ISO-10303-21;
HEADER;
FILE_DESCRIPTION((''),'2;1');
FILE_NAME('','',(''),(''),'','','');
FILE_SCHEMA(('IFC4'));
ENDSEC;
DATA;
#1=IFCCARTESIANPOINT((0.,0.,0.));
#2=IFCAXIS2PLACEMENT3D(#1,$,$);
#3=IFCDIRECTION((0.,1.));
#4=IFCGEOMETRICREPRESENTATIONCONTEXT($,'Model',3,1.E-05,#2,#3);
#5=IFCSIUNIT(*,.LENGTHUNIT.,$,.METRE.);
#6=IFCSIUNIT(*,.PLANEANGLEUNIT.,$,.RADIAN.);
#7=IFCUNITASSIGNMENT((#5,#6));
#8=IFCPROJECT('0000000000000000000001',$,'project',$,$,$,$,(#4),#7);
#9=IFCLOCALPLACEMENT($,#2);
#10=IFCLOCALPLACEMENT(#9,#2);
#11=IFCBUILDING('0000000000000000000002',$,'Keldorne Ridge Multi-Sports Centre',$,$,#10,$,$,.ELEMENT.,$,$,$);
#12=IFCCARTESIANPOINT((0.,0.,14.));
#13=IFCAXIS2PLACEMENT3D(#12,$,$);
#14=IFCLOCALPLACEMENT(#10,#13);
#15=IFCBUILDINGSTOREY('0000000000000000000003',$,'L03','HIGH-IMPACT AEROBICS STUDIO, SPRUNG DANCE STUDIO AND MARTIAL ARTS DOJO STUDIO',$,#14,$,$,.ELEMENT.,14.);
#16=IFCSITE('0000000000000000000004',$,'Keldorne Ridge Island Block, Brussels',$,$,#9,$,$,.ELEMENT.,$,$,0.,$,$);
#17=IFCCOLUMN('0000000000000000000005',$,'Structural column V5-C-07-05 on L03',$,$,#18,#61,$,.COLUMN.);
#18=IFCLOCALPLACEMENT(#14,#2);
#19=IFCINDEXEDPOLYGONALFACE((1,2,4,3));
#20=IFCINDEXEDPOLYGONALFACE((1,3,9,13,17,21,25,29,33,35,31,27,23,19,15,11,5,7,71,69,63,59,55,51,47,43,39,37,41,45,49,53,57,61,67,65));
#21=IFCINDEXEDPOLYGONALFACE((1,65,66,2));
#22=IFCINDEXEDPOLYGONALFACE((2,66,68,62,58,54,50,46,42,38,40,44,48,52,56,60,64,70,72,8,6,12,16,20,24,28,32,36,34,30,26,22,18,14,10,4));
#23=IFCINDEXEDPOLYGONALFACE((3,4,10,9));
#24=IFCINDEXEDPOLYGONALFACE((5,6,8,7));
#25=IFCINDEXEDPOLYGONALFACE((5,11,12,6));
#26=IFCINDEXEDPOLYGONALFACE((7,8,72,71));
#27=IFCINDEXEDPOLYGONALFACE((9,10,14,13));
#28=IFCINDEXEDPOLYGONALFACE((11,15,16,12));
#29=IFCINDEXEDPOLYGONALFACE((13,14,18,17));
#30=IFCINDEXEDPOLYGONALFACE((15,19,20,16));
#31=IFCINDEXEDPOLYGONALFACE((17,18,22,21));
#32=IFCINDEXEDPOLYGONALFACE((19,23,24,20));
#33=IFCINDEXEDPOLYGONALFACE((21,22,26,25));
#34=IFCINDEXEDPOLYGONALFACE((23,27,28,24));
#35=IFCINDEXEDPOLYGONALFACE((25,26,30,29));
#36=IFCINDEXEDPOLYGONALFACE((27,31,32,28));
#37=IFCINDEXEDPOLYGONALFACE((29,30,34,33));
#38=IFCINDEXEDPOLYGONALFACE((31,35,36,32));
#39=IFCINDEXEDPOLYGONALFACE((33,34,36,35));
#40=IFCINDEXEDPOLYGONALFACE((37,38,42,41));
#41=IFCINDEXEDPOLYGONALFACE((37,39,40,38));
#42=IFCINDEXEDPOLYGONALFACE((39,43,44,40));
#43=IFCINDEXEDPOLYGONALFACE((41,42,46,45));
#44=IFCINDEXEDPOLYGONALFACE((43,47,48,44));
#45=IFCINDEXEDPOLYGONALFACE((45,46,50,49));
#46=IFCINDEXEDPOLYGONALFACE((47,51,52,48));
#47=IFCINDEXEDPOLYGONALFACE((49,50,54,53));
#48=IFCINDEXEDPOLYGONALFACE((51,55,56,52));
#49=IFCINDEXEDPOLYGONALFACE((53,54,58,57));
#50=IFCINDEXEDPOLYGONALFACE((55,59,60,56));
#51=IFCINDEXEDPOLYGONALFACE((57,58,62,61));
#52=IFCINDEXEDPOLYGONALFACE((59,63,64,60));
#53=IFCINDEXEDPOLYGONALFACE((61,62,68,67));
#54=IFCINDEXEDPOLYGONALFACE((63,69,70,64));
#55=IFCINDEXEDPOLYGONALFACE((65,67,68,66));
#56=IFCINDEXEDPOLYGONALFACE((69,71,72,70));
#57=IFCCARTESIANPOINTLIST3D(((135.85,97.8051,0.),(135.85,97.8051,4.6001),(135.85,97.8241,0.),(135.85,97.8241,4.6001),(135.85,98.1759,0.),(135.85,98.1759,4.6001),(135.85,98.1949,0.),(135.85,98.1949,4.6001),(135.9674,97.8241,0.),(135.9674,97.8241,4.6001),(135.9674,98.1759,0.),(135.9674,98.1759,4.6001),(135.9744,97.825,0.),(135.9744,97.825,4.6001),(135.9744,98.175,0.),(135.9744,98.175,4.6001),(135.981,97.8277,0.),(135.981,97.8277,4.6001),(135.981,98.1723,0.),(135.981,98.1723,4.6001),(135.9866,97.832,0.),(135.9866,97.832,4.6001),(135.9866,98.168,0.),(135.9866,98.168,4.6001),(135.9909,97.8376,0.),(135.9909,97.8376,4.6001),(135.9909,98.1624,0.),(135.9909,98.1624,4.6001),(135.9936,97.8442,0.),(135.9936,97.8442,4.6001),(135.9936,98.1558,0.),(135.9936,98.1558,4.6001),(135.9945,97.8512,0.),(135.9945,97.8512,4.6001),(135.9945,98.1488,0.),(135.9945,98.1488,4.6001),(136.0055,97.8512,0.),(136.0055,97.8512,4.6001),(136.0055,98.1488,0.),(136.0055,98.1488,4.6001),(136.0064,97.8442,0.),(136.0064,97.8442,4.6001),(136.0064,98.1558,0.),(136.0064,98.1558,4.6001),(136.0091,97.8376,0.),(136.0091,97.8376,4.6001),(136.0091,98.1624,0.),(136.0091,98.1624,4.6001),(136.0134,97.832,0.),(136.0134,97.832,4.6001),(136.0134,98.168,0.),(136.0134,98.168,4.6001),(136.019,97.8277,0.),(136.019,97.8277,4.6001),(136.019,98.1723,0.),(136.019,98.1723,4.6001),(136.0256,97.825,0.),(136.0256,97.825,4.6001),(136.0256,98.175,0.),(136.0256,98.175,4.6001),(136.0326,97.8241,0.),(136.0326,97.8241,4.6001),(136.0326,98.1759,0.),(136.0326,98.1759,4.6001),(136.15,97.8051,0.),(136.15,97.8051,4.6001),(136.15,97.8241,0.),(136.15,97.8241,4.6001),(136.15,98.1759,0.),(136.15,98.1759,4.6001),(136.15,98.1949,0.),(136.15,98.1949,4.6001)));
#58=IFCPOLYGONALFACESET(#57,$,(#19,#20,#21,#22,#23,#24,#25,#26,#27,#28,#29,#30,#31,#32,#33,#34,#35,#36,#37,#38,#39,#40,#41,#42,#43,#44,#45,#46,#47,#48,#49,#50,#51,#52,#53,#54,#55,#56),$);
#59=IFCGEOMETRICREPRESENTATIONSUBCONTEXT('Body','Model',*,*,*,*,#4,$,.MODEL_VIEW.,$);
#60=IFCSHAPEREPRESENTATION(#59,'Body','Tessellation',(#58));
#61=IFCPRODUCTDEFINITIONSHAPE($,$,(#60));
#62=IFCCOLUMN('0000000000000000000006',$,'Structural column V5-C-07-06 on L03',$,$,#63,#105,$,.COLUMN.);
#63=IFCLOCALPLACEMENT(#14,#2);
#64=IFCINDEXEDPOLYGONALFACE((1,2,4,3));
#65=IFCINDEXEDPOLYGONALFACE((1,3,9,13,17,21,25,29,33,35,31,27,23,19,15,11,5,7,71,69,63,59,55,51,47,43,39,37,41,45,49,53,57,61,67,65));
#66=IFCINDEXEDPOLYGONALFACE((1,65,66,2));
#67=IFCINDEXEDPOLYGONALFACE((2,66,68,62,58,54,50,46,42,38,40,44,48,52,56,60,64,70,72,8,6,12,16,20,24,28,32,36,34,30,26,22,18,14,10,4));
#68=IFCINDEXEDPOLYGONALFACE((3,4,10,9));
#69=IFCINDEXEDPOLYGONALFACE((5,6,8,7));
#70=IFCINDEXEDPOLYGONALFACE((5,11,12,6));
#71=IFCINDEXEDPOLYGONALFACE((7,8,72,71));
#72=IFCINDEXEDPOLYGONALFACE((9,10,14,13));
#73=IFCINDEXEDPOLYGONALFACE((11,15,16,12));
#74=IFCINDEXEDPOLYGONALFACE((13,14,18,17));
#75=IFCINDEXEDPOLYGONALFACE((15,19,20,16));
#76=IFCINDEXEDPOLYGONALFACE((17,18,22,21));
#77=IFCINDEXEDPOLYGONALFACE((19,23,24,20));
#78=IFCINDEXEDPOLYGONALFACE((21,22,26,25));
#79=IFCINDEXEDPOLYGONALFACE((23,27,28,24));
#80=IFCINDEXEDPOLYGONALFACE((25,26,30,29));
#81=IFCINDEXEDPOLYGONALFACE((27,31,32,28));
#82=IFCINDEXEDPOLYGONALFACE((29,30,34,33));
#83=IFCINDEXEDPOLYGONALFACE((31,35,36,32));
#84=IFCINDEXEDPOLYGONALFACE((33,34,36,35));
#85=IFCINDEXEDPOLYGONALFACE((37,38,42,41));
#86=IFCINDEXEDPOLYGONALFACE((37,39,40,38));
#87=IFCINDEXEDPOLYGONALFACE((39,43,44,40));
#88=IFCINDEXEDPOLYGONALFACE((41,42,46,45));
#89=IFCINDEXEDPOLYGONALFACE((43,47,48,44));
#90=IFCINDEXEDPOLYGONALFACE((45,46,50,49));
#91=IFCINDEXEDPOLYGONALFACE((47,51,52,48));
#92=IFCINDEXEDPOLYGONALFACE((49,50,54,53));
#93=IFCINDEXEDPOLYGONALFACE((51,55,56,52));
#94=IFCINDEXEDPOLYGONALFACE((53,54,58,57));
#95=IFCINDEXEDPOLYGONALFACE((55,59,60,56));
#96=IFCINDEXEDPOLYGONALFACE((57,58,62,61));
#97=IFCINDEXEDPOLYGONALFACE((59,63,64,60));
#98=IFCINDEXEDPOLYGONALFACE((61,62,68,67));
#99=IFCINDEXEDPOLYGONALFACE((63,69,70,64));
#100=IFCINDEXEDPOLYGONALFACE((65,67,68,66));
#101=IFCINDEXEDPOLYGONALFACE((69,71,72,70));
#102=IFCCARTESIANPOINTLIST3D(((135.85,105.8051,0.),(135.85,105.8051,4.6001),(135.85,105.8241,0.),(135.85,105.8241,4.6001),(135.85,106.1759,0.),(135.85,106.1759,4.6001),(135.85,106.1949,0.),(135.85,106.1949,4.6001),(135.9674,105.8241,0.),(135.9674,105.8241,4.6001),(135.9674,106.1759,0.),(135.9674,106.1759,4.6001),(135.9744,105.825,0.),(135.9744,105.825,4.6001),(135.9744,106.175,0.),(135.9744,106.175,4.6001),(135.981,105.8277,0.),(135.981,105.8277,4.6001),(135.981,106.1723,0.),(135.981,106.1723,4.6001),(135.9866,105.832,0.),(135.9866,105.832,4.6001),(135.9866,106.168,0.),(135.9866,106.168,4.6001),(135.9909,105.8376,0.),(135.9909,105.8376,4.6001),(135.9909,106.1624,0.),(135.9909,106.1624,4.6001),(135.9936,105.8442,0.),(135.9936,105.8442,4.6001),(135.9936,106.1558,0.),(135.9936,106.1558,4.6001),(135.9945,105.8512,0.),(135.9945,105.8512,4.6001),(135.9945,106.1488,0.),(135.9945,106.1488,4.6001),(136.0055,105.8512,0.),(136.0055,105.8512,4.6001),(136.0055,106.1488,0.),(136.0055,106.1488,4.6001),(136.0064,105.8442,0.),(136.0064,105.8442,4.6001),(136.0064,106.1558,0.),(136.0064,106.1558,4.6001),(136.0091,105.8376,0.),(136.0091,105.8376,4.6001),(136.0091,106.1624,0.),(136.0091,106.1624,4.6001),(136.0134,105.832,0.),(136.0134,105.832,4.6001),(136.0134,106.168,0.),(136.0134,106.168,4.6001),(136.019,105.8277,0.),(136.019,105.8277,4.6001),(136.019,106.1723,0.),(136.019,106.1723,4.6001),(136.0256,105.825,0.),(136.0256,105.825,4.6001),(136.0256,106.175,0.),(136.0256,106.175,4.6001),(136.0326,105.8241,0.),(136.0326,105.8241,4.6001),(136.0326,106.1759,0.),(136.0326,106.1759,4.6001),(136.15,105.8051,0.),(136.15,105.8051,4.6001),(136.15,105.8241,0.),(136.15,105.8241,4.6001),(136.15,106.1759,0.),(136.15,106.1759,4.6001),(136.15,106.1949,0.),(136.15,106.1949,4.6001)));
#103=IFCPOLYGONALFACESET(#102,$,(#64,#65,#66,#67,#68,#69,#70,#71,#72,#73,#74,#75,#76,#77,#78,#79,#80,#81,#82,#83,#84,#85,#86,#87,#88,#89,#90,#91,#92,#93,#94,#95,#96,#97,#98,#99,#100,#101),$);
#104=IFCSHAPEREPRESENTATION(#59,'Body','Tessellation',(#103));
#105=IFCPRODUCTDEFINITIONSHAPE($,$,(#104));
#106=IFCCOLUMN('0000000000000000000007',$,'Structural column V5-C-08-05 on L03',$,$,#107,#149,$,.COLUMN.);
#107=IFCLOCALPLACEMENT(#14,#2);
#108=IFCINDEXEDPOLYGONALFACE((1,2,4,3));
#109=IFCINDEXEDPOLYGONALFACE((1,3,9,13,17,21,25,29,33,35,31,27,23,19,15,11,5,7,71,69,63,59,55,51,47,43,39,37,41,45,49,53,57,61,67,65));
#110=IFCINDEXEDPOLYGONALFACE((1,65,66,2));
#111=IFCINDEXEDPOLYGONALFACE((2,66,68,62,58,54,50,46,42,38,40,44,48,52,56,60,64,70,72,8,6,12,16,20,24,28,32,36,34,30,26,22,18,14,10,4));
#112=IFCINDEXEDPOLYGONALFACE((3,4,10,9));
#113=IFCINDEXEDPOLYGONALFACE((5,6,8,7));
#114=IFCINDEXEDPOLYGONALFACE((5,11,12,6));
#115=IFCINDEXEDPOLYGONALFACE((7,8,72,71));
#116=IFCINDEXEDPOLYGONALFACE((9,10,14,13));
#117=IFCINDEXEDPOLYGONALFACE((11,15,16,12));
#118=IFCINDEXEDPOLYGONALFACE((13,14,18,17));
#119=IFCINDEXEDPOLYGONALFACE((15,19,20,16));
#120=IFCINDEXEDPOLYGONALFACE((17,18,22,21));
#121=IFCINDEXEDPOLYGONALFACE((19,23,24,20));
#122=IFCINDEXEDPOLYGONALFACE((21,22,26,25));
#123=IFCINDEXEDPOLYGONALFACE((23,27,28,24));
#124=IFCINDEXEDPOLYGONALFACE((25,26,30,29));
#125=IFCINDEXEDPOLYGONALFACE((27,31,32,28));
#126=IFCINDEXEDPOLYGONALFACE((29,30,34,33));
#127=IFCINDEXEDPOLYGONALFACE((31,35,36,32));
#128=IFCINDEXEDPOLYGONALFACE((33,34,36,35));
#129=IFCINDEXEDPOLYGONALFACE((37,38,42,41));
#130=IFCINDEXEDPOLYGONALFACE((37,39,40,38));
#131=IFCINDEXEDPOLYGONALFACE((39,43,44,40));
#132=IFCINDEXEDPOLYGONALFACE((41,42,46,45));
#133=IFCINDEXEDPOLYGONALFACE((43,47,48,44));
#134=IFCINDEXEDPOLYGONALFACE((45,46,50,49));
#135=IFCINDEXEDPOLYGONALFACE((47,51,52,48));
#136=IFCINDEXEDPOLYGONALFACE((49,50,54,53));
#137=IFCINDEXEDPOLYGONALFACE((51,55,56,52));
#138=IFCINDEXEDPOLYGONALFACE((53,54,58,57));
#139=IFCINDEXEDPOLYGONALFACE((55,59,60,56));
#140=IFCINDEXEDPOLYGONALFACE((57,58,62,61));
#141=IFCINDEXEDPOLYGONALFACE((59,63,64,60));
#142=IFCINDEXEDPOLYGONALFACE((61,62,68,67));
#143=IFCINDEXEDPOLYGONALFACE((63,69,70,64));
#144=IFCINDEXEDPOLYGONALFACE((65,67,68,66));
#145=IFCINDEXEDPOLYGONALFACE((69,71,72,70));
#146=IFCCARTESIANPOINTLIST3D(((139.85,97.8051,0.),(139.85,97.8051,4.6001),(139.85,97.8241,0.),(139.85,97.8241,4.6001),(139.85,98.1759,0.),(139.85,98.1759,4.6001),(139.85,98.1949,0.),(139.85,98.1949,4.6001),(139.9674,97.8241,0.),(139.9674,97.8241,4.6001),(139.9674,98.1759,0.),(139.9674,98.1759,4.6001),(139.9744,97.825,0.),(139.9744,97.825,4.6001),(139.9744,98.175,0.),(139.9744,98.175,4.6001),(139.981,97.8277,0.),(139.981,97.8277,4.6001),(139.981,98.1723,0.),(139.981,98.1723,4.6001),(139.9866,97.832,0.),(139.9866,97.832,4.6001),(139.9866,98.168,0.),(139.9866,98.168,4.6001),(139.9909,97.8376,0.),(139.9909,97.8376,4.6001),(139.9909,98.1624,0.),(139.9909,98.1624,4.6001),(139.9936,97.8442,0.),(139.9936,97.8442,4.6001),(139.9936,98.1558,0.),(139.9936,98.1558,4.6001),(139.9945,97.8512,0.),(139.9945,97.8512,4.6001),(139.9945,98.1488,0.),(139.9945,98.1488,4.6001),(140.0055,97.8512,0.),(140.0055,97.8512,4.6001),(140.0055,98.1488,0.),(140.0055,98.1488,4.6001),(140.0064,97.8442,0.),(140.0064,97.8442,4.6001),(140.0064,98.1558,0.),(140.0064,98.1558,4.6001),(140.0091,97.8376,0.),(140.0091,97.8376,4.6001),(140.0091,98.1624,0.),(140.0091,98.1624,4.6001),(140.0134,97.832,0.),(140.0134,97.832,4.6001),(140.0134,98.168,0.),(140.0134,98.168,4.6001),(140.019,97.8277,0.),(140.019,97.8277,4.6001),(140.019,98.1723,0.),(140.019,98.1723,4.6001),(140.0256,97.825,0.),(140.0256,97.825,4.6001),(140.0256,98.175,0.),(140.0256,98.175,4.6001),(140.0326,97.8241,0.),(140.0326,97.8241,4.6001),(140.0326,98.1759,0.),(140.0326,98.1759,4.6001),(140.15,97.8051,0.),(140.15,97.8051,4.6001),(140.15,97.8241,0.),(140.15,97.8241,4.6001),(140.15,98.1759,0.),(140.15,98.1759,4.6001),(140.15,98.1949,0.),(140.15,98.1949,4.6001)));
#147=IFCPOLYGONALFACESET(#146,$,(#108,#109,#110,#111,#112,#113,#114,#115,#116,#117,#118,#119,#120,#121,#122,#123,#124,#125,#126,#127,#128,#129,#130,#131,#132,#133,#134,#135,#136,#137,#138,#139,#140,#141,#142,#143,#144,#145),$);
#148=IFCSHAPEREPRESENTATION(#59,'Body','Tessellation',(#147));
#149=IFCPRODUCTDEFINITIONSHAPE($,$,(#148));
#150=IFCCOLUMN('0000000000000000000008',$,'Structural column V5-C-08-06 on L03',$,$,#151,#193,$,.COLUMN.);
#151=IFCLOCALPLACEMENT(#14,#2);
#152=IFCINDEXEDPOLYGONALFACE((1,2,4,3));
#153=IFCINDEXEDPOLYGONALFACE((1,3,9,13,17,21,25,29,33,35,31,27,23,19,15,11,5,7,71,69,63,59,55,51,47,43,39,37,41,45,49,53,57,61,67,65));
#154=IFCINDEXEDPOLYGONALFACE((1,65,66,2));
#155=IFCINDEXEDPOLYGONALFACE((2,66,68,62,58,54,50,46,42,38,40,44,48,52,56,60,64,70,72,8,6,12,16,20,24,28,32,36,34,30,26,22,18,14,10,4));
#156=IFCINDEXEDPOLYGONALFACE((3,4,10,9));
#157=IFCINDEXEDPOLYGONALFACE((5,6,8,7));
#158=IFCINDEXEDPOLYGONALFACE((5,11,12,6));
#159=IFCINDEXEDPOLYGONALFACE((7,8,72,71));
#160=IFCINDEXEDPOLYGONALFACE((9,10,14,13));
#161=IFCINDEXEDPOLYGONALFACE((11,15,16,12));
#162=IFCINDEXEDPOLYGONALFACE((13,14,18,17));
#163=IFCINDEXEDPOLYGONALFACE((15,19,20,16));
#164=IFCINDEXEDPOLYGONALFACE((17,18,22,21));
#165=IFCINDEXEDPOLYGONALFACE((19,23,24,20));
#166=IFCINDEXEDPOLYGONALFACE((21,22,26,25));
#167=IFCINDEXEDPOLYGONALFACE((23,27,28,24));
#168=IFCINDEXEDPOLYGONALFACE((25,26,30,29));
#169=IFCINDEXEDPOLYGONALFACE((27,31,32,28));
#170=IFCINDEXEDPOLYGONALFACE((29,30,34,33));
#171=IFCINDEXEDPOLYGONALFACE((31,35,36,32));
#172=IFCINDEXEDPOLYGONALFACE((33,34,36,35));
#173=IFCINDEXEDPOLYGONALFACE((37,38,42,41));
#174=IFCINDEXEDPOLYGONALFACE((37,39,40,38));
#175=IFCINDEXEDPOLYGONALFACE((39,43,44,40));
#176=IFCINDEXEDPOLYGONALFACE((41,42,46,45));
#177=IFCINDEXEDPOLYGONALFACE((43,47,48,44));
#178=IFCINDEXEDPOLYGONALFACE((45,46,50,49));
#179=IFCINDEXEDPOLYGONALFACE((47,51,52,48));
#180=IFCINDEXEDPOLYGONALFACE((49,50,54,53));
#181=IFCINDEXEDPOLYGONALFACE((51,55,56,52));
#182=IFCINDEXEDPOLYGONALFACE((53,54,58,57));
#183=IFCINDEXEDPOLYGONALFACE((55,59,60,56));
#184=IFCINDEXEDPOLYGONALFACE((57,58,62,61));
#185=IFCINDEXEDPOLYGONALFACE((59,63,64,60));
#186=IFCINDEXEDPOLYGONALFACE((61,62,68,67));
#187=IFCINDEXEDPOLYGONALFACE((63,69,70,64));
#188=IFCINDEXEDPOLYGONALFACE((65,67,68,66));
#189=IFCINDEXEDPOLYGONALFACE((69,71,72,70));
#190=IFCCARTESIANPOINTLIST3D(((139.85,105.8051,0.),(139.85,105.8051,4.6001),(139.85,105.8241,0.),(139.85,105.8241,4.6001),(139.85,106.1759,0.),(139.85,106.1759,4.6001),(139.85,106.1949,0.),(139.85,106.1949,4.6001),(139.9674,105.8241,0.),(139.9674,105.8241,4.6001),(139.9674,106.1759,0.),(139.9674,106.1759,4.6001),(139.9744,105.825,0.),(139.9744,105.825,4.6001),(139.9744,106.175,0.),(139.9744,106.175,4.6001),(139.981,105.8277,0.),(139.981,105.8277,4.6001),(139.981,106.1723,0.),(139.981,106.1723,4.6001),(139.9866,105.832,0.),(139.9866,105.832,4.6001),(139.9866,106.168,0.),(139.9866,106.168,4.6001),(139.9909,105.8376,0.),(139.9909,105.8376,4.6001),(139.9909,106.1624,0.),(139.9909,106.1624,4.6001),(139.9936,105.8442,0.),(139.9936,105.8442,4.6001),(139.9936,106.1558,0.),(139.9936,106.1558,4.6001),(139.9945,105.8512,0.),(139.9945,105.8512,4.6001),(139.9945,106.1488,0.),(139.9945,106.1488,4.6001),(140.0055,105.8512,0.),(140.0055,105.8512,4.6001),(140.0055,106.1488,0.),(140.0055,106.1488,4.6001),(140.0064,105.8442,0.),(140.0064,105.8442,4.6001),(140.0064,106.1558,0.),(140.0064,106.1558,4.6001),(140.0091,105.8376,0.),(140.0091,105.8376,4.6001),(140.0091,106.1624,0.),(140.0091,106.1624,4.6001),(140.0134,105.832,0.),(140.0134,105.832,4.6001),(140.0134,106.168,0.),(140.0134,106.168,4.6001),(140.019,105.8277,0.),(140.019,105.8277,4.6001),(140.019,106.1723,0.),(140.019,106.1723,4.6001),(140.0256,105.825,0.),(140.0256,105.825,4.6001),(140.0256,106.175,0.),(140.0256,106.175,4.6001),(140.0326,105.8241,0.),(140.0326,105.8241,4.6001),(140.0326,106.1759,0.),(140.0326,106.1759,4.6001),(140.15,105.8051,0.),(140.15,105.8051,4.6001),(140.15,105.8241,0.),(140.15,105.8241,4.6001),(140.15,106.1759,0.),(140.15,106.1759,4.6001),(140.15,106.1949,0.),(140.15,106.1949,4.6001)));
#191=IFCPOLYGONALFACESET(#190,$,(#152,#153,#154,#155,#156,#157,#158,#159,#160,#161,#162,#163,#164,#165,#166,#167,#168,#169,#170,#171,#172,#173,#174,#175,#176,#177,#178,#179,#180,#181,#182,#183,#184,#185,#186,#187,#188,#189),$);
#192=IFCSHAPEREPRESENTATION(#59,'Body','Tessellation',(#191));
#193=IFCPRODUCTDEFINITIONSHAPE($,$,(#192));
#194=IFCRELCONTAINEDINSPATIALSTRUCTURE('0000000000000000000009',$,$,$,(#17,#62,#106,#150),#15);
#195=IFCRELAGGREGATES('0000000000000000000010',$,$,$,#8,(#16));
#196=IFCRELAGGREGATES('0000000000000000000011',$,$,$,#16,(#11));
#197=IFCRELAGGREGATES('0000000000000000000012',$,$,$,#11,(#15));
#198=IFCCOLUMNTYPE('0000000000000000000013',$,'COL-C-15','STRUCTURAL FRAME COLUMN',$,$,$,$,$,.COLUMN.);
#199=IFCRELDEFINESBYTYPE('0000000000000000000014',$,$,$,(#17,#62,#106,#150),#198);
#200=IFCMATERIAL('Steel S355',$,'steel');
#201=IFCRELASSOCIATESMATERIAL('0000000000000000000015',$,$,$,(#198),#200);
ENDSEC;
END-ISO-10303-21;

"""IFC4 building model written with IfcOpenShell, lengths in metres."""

from ifc_helpers import new_model, si_unit, direction, frame, origin, origin_2d, place, context, subcontext, project, spatial, i_section, extrude, material, material_profile, profile_set, type_object, element, save


model = new_model("IFC4")

# Units and contexts
model_context = context("Model", 3, precision=1e-05, world=origin(), true_north=direction((0.0, 1.0)))
body_context = subcontext(model_context, "Body", "Model", "MODEL_VIEW")
ifc_project = project(units=[si_unit("LENGTHUNIT", "METRE"), si_unit("PLANEANGLEUNIT", "RADIAN")], contexts=[model_context])

# Site, building, storey
site_placement = place(None, origin())
site = spatial("IfcSite", under=ifc_project, at=site_placement, Name="Keldorne Ridge Island Block, Brussels", CompositionType="ELEMENT", RefElevation=0.0)
building_placement = place(site_placement, origin())
building = spatial("IfcBuilding", under=site, at=building_placement, Name="Keldorne Ridge Multi-Sports Centre", CompositionType="ELEMENT")
storey_placement = place(building_placement, frame((0.0, 0.0, 14.0)))
storey = spatial("IfcBuildingStorey", under=building, at=storey_placement, Name="L03", Description="HIGH-IMPACT AEROBICS STUDIO, SPRUNG DANCE STUDIO AND MARTIAL ARTS DOJO STUDIO", CompositionType="ELEMENT", Elevation=14.0)

# Columns
ifc_material_1 = material(Name="Steel S355", Category="steel")
ifc_material_profile_1 = material_profile(ifc_material_1, i_section(OverallWidth=0.3, OverallDepth=0.3899, WebThickness=0.011, FlangeThickness=0.019, FilletRadius=0.0271, at=origin_2d()), Name="HEA 400")
ifc_profile_set_1 = profile_set([ifc_material_profile_1], Name="Steel S355")
column_type = type_object("IfcColumnType", Name="COL-C-15", Description="STRUCTURAL FRAME COLUMN", PredefinedType="COLUMN", material=ifc_profile_set_1)
for number, where, z_axis, x_axis, name in (
    (1, (136.0, 98.0, 0.0), (0.0, 0.0, 1.0), (1.0, 0.0, 0.0), "Structural column V5-C-07-05 on L03"),
    (2, (136.0, 106.0, 0.0), (0.0, 0.0, 1.0), (1.0, 0.0, 0.0), "Structural column V5-C-07-06 on L03"),
    (3, (140.0, 98.0, 0.0), (0.0, 0.0, 1.0), (1.0, 0.0, 0.0), "Structural column V5-C-08-05 on L03"),
    (4, (140.0, 106.0, 0.0), (0.0, 0.0, 1.0), (1.0, 0.0, 0.0), "Structural column V5-C-08-06 on L03"),
):
    element("IfcColumn", number, at=place(storey_placement, frame(where, z_axis=z_axis, x_axis=x_axis)), inside=storey, type_object=column_type, Name=name, PredefinedType="COLUMN", context=body_context, shape_type="SweptSolid", body=[
        extrude(i_section(OverallWidth=0.3, OverallDepth=0.3899, WebThickness=0.011, FlangeThickness=0.019, FilletRadius=0.0271, at=origin_2d()), origin(), (0.0, 0.0, 1.0), 4.6001),
    ])

save(model, "model.ifc")
